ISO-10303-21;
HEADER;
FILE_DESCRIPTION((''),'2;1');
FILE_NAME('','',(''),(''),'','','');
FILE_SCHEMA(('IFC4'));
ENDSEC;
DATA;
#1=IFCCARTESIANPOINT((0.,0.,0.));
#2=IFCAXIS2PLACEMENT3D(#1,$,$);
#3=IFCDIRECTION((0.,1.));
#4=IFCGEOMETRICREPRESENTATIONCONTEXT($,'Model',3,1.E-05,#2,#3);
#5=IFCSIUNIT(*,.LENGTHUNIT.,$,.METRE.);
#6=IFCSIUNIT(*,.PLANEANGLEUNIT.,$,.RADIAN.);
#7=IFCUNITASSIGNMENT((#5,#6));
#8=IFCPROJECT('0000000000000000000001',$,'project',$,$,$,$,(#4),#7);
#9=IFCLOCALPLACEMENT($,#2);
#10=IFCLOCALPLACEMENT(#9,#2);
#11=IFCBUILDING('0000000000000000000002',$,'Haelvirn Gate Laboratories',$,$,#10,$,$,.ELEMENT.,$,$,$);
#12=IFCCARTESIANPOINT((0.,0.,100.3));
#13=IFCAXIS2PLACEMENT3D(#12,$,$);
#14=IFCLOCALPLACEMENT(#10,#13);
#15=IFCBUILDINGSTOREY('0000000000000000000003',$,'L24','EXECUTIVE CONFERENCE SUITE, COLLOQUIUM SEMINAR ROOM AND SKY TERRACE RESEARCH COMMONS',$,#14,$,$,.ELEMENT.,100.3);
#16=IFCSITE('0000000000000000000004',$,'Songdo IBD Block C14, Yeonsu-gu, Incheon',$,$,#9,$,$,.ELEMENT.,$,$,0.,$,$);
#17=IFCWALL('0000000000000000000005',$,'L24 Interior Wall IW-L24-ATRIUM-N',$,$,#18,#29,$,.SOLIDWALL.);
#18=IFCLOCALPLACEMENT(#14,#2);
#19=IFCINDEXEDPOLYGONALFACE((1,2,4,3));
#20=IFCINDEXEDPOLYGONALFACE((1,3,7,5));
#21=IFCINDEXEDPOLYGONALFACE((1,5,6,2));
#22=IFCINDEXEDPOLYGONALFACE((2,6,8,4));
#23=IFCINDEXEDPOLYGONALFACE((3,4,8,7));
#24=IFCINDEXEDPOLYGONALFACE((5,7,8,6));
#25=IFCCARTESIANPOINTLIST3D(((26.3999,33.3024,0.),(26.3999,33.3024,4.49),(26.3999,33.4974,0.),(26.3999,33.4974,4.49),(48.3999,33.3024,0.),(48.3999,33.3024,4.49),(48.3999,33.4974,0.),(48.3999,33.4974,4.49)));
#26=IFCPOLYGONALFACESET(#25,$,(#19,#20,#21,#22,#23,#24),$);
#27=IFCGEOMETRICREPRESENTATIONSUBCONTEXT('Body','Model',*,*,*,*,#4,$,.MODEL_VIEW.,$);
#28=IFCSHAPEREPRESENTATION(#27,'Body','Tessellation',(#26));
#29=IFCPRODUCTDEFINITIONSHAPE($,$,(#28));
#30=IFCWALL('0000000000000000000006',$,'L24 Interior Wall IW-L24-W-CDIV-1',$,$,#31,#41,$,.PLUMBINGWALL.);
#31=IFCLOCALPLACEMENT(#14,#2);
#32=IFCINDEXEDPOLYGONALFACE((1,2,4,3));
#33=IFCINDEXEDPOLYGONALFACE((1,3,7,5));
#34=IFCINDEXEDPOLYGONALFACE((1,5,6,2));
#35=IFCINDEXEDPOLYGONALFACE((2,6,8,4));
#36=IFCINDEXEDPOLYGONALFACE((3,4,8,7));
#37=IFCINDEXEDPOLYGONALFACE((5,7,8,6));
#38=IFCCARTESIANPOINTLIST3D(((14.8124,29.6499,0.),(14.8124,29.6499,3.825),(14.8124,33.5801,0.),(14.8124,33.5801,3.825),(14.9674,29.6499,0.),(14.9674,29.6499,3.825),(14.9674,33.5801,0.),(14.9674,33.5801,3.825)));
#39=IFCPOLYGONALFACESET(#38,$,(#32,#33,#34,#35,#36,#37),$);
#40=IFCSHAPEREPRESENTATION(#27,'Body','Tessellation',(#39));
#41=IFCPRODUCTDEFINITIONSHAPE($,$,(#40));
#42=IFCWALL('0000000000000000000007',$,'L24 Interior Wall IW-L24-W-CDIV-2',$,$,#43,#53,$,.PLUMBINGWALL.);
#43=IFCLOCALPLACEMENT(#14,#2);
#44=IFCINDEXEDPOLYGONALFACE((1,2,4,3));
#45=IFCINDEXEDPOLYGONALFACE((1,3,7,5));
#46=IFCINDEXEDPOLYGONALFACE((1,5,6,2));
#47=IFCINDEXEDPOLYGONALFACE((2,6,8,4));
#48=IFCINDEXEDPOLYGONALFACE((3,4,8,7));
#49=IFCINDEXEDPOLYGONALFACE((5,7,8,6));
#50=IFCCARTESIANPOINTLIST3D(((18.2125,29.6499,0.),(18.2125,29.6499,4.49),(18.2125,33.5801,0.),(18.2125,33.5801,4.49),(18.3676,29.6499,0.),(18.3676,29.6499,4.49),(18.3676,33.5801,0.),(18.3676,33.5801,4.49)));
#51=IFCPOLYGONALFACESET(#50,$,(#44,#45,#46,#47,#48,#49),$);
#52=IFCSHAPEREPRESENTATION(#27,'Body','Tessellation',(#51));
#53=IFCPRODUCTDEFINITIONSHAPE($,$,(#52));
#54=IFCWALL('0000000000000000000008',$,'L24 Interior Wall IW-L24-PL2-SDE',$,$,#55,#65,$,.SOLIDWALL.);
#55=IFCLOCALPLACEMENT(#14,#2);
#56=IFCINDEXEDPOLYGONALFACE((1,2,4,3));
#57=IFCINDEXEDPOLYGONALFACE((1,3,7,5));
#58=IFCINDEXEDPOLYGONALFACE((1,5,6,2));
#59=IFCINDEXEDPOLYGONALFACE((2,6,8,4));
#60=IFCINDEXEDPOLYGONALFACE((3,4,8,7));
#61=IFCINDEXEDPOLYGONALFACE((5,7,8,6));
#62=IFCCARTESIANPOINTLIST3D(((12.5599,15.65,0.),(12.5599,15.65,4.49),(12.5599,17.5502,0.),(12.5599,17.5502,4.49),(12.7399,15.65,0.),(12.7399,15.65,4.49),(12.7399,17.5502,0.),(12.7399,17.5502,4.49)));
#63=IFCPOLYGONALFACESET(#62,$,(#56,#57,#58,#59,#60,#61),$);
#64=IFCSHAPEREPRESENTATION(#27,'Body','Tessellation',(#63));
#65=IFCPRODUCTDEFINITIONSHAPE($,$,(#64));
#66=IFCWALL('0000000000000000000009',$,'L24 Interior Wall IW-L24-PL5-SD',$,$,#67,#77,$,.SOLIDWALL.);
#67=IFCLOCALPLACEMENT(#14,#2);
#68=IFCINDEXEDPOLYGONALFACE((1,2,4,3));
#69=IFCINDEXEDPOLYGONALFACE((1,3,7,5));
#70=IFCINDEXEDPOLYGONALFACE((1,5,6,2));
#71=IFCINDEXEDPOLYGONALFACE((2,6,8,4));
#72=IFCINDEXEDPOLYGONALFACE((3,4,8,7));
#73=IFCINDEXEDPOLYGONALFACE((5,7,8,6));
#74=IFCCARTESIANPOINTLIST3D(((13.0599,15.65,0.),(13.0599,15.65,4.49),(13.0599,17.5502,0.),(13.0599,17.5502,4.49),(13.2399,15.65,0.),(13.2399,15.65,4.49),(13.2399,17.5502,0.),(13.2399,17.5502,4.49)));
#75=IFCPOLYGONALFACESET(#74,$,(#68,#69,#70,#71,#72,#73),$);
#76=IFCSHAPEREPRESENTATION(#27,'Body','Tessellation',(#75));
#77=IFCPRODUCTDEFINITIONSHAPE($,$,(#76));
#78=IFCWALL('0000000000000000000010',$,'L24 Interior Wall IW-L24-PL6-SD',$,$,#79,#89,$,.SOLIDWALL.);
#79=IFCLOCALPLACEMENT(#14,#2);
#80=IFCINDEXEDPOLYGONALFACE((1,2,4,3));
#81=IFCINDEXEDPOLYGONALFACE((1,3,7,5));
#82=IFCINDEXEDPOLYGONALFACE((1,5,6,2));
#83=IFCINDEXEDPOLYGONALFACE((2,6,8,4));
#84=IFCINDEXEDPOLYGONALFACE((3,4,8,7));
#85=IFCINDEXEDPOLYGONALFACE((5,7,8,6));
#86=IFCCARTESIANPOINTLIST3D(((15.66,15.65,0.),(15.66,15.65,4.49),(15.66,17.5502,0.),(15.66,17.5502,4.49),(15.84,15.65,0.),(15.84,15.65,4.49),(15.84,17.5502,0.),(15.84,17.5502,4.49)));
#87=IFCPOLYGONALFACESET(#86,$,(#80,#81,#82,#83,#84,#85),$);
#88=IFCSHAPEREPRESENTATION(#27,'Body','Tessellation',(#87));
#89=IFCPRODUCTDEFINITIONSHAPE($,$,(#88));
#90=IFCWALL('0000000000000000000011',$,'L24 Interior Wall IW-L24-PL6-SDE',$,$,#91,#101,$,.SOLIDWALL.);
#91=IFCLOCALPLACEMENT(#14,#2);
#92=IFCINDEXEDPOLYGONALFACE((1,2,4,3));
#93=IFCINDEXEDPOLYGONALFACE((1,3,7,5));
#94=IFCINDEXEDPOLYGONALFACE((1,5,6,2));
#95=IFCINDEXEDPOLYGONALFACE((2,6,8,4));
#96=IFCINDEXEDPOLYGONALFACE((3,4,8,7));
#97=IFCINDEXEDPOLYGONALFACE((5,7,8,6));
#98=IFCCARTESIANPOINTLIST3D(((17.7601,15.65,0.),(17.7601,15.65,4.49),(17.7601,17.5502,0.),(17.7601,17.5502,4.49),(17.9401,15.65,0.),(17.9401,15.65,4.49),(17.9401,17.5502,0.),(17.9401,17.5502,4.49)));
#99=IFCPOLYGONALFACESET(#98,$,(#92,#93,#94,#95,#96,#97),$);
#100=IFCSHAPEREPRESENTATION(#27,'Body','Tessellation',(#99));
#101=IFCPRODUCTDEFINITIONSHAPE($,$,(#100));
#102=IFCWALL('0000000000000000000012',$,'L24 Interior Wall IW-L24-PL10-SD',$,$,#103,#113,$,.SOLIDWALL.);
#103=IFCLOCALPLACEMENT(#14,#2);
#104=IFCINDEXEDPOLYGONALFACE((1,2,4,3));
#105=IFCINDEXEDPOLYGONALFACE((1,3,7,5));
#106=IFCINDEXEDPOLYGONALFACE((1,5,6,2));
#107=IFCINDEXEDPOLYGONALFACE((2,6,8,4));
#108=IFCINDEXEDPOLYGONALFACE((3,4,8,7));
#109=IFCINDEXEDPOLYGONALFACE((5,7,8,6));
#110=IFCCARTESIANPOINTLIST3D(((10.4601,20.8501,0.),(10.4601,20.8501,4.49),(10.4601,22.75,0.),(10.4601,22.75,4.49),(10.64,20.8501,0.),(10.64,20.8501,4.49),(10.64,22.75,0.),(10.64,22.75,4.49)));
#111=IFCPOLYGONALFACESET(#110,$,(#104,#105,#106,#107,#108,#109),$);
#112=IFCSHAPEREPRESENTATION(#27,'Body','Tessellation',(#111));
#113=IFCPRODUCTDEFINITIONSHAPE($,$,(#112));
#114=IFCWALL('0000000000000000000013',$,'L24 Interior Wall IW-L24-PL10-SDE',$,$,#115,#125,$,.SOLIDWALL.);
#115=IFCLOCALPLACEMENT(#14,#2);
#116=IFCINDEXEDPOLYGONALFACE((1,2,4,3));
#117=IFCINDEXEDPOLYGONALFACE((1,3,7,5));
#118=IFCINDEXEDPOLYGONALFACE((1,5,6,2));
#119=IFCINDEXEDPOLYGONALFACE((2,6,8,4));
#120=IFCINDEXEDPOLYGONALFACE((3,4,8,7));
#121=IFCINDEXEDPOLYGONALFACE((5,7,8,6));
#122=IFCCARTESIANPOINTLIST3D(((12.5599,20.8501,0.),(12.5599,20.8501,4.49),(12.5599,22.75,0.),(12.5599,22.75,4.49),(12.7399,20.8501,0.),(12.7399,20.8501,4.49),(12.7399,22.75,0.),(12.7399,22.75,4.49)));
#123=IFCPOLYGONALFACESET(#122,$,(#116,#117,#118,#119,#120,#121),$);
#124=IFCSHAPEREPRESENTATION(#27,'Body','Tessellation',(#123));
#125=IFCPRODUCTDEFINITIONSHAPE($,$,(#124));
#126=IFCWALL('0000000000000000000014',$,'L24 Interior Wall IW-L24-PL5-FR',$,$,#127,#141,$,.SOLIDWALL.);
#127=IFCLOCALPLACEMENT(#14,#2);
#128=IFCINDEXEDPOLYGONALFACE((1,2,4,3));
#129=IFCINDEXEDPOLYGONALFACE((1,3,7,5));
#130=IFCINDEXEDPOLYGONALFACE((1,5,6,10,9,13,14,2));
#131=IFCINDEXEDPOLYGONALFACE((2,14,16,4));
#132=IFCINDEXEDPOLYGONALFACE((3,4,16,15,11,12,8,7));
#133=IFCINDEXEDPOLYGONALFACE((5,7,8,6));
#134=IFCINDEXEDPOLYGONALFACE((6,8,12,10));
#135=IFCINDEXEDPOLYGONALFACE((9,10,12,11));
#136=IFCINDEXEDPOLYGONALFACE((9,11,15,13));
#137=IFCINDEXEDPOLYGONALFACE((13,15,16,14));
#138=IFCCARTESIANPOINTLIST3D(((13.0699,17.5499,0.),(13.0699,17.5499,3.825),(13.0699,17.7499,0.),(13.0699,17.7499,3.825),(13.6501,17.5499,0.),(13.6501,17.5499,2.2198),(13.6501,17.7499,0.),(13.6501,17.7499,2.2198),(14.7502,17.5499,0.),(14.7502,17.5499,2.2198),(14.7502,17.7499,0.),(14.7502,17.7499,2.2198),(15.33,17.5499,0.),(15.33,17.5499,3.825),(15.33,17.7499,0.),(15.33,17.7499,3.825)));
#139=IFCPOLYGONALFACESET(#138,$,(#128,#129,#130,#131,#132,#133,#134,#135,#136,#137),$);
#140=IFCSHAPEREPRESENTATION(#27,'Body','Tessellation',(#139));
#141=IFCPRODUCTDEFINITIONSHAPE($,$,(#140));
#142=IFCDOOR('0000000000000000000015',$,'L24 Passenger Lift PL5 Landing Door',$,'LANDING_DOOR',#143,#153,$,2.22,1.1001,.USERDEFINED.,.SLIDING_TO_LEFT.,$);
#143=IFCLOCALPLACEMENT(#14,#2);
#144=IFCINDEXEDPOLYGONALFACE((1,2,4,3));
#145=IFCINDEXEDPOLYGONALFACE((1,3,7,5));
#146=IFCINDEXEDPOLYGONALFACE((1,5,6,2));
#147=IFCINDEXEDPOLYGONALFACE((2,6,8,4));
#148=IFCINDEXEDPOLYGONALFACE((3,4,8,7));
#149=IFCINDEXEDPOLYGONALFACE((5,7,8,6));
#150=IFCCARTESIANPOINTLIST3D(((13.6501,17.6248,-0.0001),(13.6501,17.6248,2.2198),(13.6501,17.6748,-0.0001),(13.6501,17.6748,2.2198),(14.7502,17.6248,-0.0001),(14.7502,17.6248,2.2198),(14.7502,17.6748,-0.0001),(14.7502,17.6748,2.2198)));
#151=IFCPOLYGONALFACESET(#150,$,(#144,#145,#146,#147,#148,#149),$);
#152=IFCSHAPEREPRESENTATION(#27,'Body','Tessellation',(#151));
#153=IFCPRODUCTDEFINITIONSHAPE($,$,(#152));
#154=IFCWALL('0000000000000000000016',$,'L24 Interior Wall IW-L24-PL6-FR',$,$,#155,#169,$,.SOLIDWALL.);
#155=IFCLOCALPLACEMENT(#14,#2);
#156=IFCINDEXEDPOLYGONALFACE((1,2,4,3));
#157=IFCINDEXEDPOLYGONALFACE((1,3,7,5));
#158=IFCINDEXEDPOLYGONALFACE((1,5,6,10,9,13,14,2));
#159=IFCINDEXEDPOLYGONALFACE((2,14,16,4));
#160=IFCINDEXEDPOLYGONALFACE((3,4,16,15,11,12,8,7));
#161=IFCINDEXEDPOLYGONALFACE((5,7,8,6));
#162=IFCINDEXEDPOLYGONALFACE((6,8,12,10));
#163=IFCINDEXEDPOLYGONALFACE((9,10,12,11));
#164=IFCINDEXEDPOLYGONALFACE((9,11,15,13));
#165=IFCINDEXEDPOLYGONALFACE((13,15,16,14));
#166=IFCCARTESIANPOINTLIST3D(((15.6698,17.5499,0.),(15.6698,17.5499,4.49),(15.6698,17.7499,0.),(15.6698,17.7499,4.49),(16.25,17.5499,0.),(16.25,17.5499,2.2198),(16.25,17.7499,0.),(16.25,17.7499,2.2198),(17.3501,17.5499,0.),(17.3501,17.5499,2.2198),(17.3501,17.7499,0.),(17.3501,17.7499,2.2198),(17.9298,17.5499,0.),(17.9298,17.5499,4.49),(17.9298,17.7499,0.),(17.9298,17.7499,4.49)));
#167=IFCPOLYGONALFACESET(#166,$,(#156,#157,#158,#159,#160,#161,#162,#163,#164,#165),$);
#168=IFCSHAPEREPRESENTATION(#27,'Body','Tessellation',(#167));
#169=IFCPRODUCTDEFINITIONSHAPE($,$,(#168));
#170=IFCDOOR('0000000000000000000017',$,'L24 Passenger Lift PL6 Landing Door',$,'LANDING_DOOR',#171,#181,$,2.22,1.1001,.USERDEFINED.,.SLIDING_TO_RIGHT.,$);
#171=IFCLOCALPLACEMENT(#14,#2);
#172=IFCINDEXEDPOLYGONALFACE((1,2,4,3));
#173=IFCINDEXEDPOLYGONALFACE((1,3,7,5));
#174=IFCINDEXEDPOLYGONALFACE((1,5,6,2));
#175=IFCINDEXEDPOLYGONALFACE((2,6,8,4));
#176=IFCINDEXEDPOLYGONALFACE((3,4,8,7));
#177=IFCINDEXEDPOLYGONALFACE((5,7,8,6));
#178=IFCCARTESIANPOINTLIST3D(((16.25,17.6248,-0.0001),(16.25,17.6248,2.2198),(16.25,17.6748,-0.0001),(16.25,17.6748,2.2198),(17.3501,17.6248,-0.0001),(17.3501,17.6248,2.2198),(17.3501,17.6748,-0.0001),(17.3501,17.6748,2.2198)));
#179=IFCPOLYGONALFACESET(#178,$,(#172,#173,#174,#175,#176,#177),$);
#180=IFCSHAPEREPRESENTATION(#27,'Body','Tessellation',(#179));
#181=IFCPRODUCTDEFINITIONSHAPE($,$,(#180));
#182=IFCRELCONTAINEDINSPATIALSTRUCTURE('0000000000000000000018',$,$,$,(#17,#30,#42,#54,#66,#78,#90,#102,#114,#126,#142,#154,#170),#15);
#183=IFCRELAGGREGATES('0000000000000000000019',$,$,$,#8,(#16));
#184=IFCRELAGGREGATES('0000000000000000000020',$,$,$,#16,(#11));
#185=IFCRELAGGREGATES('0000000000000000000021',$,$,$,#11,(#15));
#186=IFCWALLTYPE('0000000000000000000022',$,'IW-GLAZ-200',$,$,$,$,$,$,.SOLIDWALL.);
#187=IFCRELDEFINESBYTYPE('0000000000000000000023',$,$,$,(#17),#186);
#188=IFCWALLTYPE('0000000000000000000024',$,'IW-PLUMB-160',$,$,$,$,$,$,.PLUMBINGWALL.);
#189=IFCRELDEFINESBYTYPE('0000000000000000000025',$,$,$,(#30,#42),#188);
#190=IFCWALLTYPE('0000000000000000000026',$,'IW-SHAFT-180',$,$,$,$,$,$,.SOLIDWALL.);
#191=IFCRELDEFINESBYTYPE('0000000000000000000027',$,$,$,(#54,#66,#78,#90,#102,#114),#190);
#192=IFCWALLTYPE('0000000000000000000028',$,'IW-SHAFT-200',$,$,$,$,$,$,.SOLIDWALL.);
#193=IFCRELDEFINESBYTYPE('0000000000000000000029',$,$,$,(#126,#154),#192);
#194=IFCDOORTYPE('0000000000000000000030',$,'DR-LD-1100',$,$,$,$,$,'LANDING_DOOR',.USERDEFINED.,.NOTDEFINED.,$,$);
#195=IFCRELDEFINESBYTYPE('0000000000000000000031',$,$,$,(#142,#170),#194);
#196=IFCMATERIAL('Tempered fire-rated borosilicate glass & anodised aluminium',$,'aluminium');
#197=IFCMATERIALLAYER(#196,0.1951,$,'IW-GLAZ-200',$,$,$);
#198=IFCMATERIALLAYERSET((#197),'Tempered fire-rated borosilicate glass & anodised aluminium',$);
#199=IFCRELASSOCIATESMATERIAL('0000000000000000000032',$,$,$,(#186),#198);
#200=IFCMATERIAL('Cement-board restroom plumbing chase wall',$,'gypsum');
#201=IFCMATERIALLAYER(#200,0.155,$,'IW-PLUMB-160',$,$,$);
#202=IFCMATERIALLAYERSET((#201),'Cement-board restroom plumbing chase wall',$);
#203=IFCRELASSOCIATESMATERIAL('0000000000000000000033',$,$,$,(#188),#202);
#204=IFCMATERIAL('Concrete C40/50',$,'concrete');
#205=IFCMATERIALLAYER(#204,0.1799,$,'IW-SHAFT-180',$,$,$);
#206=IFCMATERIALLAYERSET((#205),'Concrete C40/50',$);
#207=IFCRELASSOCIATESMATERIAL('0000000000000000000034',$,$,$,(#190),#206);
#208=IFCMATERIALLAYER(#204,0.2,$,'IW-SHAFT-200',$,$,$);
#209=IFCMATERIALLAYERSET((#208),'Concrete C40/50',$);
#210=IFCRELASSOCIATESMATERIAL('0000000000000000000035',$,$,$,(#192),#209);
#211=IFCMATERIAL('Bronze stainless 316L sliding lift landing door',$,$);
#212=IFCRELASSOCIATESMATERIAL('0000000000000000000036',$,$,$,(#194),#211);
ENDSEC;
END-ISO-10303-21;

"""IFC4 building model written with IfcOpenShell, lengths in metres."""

from ifc_helpers import new_model, si_unit, direction, frame, frame_2d, origin, place, context, subcontext, project, spatial, rectangle, extrude, source, transform, mapped, material, layer, layer_set, type_object, type_shapes, element, fill, save


model = new_model("IFC4")

# Units and contexts
model_context = context("Model", 3, precision=1e-05, world=origin(), true_north=direction((0.0, 1.0)))
body_context = subcontext(model_context, "Body", "Model", "MODEL_VIEW")
ifc_project = project(units=[si_unit("LENGTHUNIT", "METRE"), si_unit("PLANEANGLEUNIT", "RADIAN")], contexts=[model_context])

# Site, building, storey
site_placement = place(None, origin())
site = spatial("IfcSite", under=ifc_project, at=site_placement, Name="Songdo IBD Block C14, Yeonsu-gu, Incheon", CompositionType="ELEMENT", RefElevation=0.0)
building_placement = place(site_placement, origin())
building = spatial("IfcBuilding", under=site, at=building_placement, Name="Haelvirn Gate Laboratories", CompositionType="ELEMENT")
storey_placement = place(building_placement, frame((0.0, 0.0, 100.3)))
storey = spatial("IfcBuildingStorey", under=building, at=storey_placement, Name="L24", Description="EXECUTIVE CONFERENCE SUITE, COLLOQUIUM SEMINAR ROOM AND SKY TERRACE RESEARCH COMMONS", CompositionType="ELEMENT", Elevation=100.3)

# Walls
ifc_material_1 = material(Name="Tempered fire-rated borosilicate glass & anodised aluminium", Category="aluminium")
ifc_layer_1 = layer(ifc_material_1, 0.1951, Name="IW-GLAZ-200")
ifc_layer_set_1 = layer_set([ifc_layer_1], Name="Tempered fire-rated borosilicate glass & anodised aluminium")
wall_type_1 = type_object("IfcWallType", Name="IW-GLAZ-200", PredefinedType="SOLIDWALL", material=ifc_layer_set_1)
wall_1_placement = place(storey_placement, frame((26.3999, 33.3999, 0.0), z_axis=(0.0, 0.0, 1.0), x_axis=(1.0, 0.0, 0.0)))
element("IfcWall", 1, at=wall_1_placement, inside=storey, type_object=wall_type_1, Name="L24 Interior Wall IW-L24-ATRIUM-N", PredefinedType="SOLIDWALL", context=body_context, shape_type="SweptSolid", body=[
    extrude(rectangle(XDim=22.0, YDim=0.1951, at=frame_2d((11.0, 0.0))), origin(), (0.0, 0.0, 1.0), 4.49),
])
ifc_material_2 = material(Name="Cement-board restroom plumbing chase wall", Category="gypsum")
ifc_layer_2 = layer(ifc_material_2, 0.155, Name="IW-PLUMB-160")
ifc_layer_set_2 = layer_set([ifc_layer_2], Name="Cement-board restroom plumbing chase wall")
wall_type_2 = type_object("IfcWallType", Name="IW-PLUMB-160", PredefinedType="PLUMBINGWALL", material=ifc_layer_set_2)
wall_2_placement = place(storey_placement, frame((14.8899, 29.6499, 0.0), z_axis=(0.0, 0.0, 1.0), x_axis=(0.0, 1.0, 0.0)))
element("IfcWall", 2, at=wall_2_placement, inside=storey, type_object=wall_type_2, Name="L24 Interior Wall IW-L24-W-CDIV-1", PredefinedType="PLUMBINGWALL", context=body_context, shape_type="SweptSolid", body=[
    extrude(rectangle(XDim=3.9302, YDim=0.155, at=frame_2d((1.9651, 0.0))), origin(), (0.0, 0.0, 1.0), 3.825),
])
wall_3_placement = place(storey_placement, frame((18.29, 29.6499, 0.0), z_axis=(0.0, 0.0, 1.0), x_axis=(0.0, 1.0, 0.0)))
element("IfcWall", 3, at=wall_3_placement, inside=storey, type_object=wall_type_2, Name="L24 Interior Wall IW-L24-W-CDIV-2", PredefinedType="PLUMBINGWALL", context=body_context, shape_type="SweptSolid", body=[
    extrude(rectangle(XDim=3.9302, YDim=0.155, at=frame_2d((1.9651, 0.0))), origin(), (0.0, 0.0, 1.0), 4.49),
])
ifc_material_3 = material(Name="Concrete C40/50", Category="concrete")
ifc_layer_3 = layer(ifc_material_3, 0.1799, Name="IW-SHAFT-180")
ifc_layer_set_3 = layer_set([ifc_layer_3], Name="Concrete C40/50")
wall_type_3 = type_object("IfcWallType", Name="IW-SHAFT-180", PredefinedType="SOLIDWALL", material=ifc_layer_set_3)
for number, where, z_axis, x_axis, name in (
    (4, (12.6499, 15.6499, 0.0), (0.0, 0.0, 1.0), (0.0, 1.0, 0.0), "L24 Interior Wall IW-L24-PL2-SDE"),
    (5, (13.1499, 15.6499, 0.0), (0.0, 0.0, 1.0), (0.0, 1.0, 0.0), "L24 Interior Wall IW-L24-PL5-SD"),
    (6, (15.75, 15.6499, 0.0), (0.0, 0.0, 1.0), (0.0, 1.0, 0.0), "L24 Interior Wall IW-L24-PL6-SD"),
    (7, (17.8501, 15.6499, 0.0), (0.0, 0.0, 1.0), (0.0, 1.0, 0.0), "L24 Interior Wall IW-L24-PL6-SDE"),
):
    element("IfcWall", number, at=place(storey_placement, frame(where, z_axis=z_axis, x_axis=x_axis)), inside=storey, type_object=wall_type_3, Name=name, PredefinedType="SOLIDWALL", context=body_context, shape_type="SweptSolid", body=[
        extrude(rectangle(XDim=1.9001, YDim=0.1799, at=frame_2d((0.9502, 0.0))), origin(), (0.0, 0.0, 1.0), 4.49),
    ])
for number, where, z_axis, x_axis, name in (
    (8, (10.55, 20.8501, 0.0), (0.0, 0.0, 1.0), (0.0, 1.0, 0.0), "L24 Interior Wall IW-L24-PL10-SD"),
    (9, (12.6499, 20.8501, 0.0), (0.0, 0.0, 1.0), (0.0, 1.0, 0.0), "L24 Interior Wall IW-L24-PL10-SDE"),
):
    element("IfcWall", number, at=place(storey_placement, frame(where, z_axis=z_axis, x_axis=x_axis)), inside=storey, type_object=wall_type_3, Name=name, PredefinedType="SOLIDWALL", context=body_context, shape_type="SweptSolid", body=[
        extrude(rectangle(XDim=1.8999, YDim=0.1799, at=frame_2d((0.95, 0.0))), origin(), (0.0, 0.0, 1.0), 4.49),
    ])

# Walls, openings, doors
ifc_layer_4 = layer(ifc_material_3, 0.2, Name="IW-SHAFT-200")
ifc_layer_set_4 = layer_set([ifc_layer_4], Name="Concrete C40/50")
wall_type_4 = type_object("IfcWallType", Name="IW-SHAFT-200", PredefinedType="SOLIDWALL", material=ifc_layer_set_4)
wall_4_placement = place(storey_placement, frame((13.0701, 17.6499, 0.0), z_axis=(0.0, 0.0, 1.0), x_axis=(1.0, 0.0, 0.0)))
wall_4 = element("IfcWall", 10, at=wall_4_placement, inside=storey, type_object=wall_type_4, Name="L24 Interior Wall IW-L24-PL5-FR", PredefinedType="SOLIDWALL", context=body_context, shape_type="SweptSolid", body=[
    extrude(rectangle(XDim=2.26, YDim=0.2, at=frame_2d((1.1299, 0.0))), origin(), (0.0, 0.0, 1.0), 3.825),
])
opening_1_placement = place(wall_4_placement, frame((0.5801, 0.0, 0.0)))
opening_1 = element("IfcOpeningElement", 11, at=opening_1_placement, cuts=wall_4, PredefinedType="OPENING", context=body_context, shape_type="SweptSolid", body=[
    extrude(rectangle(XDim=1.1001, YDim=2.22, at=frame_2d((0.55, 1.1099))), frame((0.0, 0.1099, 0.0), z_axis=(0.0, -1.0, 0.0), x_axis=(1.0, 0.0, 0.0)), (0.0, 0.0, 1.0), 0.22),
])
ifc_material_4 = material(Name="Bronze stainless 316L sliding lift landing door")
door_type_1 = type_object("IfcDoorType", Name="DR-LD-1100", ElementType="LANDING_DOOR", OperationType="NOTDEFINED", PredefinedType="USERDEFINED", material=ifc_material_4)
shared_shape_1 = source(origin(), body_context, "Body", "SweptSolid", [
    extrude(rectangle(XDim=1.1001, YDim=2.22, at=frame_2d((0.55, 1.1099))), frame((0.0, 0.0249, 0.0), z_axis=(0.0, -1.0, 0.0), x_axis=(1.0, 0.0, 0.0)), (0.0, 0.0, 1.0), 0.05),
])
type_shapes(door_type_1, [shared_shape_1])
door_1_placement = place(opening_1_placement, origin())
door_1 = element("IfcDoor", 12, at=door_1_placement, inside=storey, type_object=door_type_1, Name="L24 Passenger Lift PL5 Landing Door", ObjectType="LANDING_DOOR", OperationType="SLIDING_TO_LEFT", OverallHeight=2.22, OverallWidth=1.1001, PredefinedType="USERDEFINED", context=body_context, shape_type="MappedRepresentation", body=[
    mapped(shared_shape_1, transform((0.0, 0.0, 0.0), scale=1.0)),
])
fill(opening_1, door_1)
wall_5_placement = place(storey_placement, frame((15.6699, 17.6499, 0.0), z_axis=(0.0, 0.0, 1.0), x_axis=(1.0, 0.0, 0.0)))
wall_5 = element("IfcWall", 13, at=wall_5_placement, inside=storey, type_object=wall_type_4, Name="L24 Interior Wall IW-L24-PL6-FR", PredefinedType="SOLIDWALL", context=body_context, shape_type="SweptSolid", body=[
    extrude(rectangle(XDim=2.26, YDim=0.2, at=frame_2d((1.1299, 0.0))), origin(), (0.0, 0.0, 1.0), 4.49),
])
opening_2_placement = place(wall_5_placement, frame((0.5801, 0.0, 0.0)))
opening_2 = element("IfcOpeningElement", 14, at=opening_2_placement, cuts=wall_5, PredefinedType="OPENING", context=body_context, shape_type="SweptSolid", body=[
    extrude(rectangle(XDim=1.1001, YDim=2.22, at=frame_2d((0.55, 1.1099))), frame((0.0, 0.1099, 0.0), z_axis=(0.0, -1.0, 0.0), x_axis=(1.0, 0.0, 0.0)), (0.0, 0.0, 1.0), 0.22),
])
door_2_placement = place(opening_2_placement, origin())
door_2 = element("IfcDoor", 15, at=door_2_placement, inside=storey, type_object=door_type_1, Name="L24 Passenger Lift PL6 Landing Door", ObjectType="LANDING_DOOR", OperationType="SLIDING_TO_RIGHT", OverallHeight=2.22, OverallWidth=1.1001, PredefinedType="USERDEFINED", context=body_context, shape_type="MappedRepresentation", body=[
    mapped(shared_shape_1, transform((0.0, 0.0, 0.0), scale=1.0)),
])
fill(opening_2, door_2)

save(model, "model.ifc")
